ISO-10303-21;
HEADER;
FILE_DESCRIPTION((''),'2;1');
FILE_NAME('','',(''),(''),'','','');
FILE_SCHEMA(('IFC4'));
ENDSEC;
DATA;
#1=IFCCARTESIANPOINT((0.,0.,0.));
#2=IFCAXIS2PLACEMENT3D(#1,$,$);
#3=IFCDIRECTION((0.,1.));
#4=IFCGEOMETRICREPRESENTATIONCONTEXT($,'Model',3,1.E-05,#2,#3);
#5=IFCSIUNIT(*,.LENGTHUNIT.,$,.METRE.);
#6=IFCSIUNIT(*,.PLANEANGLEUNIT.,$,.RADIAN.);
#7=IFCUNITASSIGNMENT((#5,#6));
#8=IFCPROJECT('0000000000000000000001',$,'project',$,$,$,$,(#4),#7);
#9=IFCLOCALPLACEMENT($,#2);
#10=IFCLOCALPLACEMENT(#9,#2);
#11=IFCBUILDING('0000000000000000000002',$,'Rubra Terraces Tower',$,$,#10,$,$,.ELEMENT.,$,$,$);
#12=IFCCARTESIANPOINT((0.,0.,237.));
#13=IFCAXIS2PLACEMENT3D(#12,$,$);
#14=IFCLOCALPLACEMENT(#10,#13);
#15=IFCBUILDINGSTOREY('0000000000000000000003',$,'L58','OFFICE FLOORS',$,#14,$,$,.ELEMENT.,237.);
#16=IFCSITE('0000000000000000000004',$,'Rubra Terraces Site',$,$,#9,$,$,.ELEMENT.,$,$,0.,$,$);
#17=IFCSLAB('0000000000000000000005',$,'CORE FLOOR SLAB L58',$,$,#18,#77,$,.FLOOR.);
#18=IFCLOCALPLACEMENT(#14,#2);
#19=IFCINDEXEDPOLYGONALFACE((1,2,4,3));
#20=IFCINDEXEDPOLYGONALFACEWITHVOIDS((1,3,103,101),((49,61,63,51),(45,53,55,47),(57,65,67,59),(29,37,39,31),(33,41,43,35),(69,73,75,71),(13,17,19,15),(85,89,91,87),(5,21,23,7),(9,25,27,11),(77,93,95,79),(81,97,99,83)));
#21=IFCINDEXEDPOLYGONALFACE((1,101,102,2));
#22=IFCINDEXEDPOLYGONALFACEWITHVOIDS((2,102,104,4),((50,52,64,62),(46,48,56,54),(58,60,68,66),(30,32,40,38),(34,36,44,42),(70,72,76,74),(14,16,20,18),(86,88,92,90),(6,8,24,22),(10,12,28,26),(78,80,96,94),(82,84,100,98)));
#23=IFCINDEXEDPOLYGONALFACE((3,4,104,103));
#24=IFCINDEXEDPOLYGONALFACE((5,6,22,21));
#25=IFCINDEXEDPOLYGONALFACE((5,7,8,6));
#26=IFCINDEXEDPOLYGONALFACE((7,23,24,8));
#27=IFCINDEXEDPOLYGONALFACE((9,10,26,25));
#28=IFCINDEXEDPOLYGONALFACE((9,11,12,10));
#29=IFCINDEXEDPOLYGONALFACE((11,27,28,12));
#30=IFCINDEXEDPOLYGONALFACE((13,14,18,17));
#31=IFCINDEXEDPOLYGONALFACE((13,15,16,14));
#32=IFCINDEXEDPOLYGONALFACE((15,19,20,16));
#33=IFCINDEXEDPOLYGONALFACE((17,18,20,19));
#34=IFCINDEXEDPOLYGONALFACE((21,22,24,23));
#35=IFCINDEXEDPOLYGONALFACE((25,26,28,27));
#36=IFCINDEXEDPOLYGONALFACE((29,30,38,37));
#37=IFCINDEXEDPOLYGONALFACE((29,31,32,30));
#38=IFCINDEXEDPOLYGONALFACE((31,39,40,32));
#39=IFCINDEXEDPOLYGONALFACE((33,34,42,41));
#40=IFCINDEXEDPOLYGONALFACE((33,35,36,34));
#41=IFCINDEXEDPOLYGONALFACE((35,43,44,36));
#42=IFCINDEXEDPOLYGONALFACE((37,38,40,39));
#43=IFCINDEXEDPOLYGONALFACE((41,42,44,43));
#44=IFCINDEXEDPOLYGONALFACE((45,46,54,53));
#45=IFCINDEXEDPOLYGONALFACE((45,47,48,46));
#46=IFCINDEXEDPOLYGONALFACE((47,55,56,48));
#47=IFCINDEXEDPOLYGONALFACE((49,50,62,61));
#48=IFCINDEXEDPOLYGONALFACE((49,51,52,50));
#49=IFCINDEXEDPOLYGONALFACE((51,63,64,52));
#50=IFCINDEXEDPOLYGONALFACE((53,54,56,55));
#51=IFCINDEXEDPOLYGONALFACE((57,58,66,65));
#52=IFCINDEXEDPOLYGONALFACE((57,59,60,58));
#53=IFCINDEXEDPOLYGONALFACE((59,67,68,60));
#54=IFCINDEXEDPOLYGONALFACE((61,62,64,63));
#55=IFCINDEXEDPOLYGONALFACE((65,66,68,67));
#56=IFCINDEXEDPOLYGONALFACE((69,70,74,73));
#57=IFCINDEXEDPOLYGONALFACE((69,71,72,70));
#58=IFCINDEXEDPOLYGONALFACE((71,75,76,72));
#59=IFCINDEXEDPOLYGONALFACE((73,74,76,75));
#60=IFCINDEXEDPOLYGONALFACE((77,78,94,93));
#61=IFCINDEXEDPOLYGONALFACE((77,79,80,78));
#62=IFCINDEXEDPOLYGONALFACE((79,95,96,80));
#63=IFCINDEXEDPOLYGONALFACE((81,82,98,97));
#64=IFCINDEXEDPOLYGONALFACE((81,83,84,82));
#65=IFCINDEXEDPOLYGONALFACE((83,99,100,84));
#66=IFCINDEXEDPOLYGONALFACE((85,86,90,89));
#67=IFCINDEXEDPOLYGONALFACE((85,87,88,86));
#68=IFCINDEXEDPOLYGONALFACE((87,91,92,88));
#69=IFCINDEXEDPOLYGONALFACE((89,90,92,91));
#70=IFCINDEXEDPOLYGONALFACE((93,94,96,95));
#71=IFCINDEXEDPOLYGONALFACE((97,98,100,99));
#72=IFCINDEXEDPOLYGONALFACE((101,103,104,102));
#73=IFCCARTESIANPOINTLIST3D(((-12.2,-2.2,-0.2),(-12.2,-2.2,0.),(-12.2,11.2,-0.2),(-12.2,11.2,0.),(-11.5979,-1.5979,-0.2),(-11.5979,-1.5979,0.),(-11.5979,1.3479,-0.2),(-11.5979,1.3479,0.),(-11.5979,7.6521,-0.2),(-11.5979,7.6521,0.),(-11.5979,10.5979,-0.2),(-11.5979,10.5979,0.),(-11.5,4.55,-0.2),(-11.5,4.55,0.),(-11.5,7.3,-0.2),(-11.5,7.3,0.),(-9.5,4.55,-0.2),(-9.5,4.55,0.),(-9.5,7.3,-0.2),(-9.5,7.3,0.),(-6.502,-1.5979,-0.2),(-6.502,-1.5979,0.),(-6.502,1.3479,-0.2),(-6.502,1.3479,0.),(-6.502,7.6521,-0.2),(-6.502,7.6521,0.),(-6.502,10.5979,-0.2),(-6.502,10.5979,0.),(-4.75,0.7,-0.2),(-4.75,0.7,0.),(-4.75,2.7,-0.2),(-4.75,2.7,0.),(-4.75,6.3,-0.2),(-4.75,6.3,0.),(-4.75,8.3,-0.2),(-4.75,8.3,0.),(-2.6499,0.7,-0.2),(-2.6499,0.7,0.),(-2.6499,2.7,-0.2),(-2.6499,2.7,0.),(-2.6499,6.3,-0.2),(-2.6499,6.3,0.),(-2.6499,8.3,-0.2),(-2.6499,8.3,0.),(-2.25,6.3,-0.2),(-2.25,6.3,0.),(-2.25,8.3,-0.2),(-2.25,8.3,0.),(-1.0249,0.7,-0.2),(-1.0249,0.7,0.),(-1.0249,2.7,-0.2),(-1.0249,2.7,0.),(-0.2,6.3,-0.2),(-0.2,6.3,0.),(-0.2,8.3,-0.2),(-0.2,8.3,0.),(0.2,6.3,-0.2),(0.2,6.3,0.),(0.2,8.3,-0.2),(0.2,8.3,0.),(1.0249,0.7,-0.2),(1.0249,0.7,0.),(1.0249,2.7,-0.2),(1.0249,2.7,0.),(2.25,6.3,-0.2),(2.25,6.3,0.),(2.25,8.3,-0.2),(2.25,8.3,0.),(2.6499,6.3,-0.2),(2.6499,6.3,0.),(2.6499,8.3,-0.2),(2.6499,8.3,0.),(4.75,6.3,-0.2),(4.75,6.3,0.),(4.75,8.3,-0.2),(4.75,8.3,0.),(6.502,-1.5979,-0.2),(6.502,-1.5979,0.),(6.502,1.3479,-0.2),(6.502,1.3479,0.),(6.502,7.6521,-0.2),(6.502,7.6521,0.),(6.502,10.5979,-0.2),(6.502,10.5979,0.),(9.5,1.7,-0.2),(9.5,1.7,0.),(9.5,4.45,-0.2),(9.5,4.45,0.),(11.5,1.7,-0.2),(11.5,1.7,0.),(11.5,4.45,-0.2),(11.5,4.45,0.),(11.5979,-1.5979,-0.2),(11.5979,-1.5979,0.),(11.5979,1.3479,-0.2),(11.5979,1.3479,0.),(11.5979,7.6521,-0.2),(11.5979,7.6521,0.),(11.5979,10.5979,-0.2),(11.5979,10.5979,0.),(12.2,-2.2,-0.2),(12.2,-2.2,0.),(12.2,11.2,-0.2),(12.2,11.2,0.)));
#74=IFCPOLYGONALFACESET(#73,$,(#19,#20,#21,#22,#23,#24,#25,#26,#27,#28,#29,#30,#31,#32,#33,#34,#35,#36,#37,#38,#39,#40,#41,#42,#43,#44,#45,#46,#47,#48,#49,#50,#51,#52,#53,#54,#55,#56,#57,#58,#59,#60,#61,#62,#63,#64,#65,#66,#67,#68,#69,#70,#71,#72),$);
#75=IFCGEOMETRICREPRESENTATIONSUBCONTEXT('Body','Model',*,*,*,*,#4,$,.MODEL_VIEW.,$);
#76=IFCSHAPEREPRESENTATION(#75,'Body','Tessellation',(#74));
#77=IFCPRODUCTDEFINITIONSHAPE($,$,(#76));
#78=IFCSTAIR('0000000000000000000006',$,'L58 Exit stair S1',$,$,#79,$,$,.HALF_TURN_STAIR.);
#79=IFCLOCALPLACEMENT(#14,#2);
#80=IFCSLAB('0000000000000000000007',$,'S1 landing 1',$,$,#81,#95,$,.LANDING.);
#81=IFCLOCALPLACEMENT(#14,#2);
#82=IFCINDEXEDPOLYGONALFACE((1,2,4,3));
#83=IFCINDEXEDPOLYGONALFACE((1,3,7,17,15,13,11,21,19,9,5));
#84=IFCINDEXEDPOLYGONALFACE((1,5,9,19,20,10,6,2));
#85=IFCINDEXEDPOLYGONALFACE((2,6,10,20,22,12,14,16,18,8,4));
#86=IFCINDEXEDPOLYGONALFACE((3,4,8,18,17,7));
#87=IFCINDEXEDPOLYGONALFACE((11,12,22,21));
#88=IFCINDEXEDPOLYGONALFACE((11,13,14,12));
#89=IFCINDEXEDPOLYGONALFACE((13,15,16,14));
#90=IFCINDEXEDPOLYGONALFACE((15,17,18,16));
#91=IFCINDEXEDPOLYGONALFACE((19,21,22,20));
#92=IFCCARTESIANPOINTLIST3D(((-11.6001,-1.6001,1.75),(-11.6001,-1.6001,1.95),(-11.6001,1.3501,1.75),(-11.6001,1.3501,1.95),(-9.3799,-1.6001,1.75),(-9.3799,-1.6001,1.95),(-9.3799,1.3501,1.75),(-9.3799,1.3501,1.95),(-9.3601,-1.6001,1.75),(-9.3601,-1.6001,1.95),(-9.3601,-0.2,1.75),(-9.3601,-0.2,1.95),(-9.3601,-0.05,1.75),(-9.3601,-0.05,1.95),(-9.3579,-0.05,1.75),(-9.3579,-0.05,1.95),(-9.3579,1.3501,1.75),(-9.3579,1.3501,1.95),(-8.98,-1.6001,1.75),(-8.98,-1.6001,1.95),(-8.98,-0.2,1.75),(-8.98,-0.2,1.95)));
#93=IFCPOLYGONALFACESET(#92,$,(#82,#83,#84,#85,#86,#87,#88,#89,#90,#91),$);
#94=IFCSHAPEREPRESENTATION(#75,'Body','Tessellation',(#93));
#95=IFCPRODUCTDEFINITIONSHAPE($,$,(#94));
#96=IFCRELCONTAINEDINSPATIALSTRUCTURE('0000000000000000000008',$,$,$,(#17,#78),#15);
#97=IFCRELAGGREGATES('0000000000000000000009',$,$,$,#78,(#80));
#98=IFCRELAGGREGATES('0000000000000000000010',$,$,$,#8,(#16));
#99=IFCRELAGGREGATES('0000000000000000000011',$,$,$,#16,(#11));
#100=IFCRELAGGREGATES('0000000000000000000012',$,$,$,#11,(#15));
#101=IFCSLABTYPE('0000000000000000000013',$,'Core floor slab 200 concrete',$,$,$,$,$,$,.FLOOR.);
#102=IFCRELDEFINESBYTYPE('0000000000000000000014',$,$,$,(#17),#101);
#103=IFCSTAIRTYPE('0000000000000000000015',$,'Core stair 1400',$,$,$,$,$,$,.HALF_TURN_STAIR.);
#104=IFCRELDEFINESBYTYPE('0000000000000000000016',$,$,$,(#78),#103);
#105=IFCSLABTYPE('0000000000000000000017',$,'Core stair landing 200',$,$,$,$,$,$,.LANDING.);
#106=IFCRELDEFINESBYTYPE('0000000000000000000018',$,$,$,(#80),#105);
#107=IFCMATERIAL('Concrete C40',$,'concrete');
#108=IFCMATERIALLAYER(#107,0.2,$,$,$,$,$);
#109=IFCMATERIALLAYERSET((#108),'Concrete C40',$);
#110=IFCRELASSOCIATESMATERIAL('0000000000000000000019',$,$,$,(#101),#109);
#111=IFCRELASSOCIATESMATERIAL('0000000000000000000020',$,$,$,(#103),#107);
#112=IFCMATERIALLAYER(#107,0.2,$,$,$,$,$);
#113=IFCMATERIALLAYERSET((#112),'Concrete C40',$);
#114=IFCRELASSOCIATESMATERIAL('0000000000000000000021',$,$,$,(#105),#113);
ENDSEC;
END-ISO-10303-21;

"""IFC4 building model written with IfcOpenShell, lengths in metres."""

from ifc_helpers import new_model, si_unit, direction, frame, origin, place, context, subcontext, project, spatial, polyline, outline, extrude, material, layer, layer_set, type_object, element, aggregate, save


model = new_model("IFC4")

# Units and contexts
model_context = context("Model", 3, precision=1e-05, world=origin(), true_north=direction((0.0, 1.0)))
body_context = subcontext(model_context, "Body", "Model", "MODEL_VIEW")
ifc_project = project(units=[si_unit("LENGTHUNIT", "METRE"), si_unit("PLANEANGLEUNIT", "RADIAN")], contexts=[model_context])

# Site, building, storey
site_placement = place(None, origin())
site = spatial("IfcSite", under=ifc_project, at=site_placement, Name="Rubra Terraces Site", CompositionType="ELEMENT", RefElevation=0.0)
building_placement = place(site_placement, origin())
building = spatial("IfcBuilding", under=site, at=building_placement, Name="Rubra Terraces Tower", CompositionType="ELEMENT")
storey_placement = place(building_placement, frame((0.0, 0.0, 237.0)))
storey = spatial("IfcBuildingStorey", under=building, at=storey_placement, Name="L58", Description="OFFICE FLOORS", CompositionType="ELEMENT", Elevation=237.0)

# Slab
ifc_material_1 = material(Name="Concrete C40", Category="concrete")
ifc_layer_1 = layer(ifc_material_1, 0.2)
ifc_layer_set_1 = layer_set([ifc_layer_1], Name="Concrete C40")
slab_type_1 = type_object("IfcSlabType", Name="Core floor slab 200 concrete", PredefinedType="FLOOR", material=ifc_layer_set_1)
slab_1_placement = place(storey_placement, frame((0.0, 0.0, -0.2)))
element("IfcSlab", 1, at=slab_1_placement, inside=storey, type_object=slab_type_1, Name="CORE FLOOR SLAB L58", PredefinedType="FLOOR", context=body_context, shape_type="SweptSolid", body=[
    extrude(outline(polyline([(-12.2, -2.2), (-12.2, 11.2), (12.2, 11.2), (12.2, -2.2), (-12.2, -2.2)]), holes=[polyline([(11.5979, 1.3479), (6.502, 1.3479), (6.502, -1.5979), (11.5979, -1.5979), (11.5979, 1.3479)]), polyline([(11.5979, 7.6521), (11.5979, 10.5979), (6.502, 10.5979), (6.502, 7.6521), (11.5979, 7.6521)]), polyline([(9.5, 1.7), (11.5, 1.7), (11.5, 4.45), (9.5, 4.45), (9.5, 1.7)]), polyline([(4.75, 6.3), (4.75, 8.3), (2.6499, 8.3), (2.6499, 6.3), (4.75, 6.3)]), polyline([(2.25, 8.3), (0.2, 8.3), (0.2, 6.3), (2.25, 6.3), (2.25, 8.3)]), polyline([(1.0249, 0.7), (1.0249, 2.7), (-1.0249, 2.7), (-1.0249, 0.7), (1.0249, 0.7)]), polyline([(-0.2, 6.3), (-0.2, 8.3), (-2.25, 8.3), (-2.25, 6.3), (-0.2, 6.3)]), polyline([(-4.75, 8.3), (-4.75, 6.3), (-2.6499, 6.3), (-2.6499, 8.3), (-4.75, 8.3)]), polyline([(-2.6499, 0.7), (-2.6499, 2.7), (-4.75, 2.7), (-4.75, 0.7), (-2.6499, 0.7)]), polyline([(-11.5979, -1.5979), (-6.502, -1.5979), (-6.502, 1.3479), (-11.5979, 1.3479), (-11.5979, -1.5979)]), polyline([(-11.5979, 10.5979), (-11.5979, 7.6521), (-6.502, 7.6521), (-6.502, 10.5979), (-11.5979, 10.5979)]), polyline([(-9.5, 4.55), (-9.5, 7.3), (-11.5, 7.3), (-11.5, 4.55), (-9.5, 4.55)])]), origin(), (0.0, 0.0, 1.0), 0.2),
])

# Stair, slab
stair_type = type_object("IfcStairType", Name="Core stair 1400", PredefinedType="HALF_TURN_STAIR", material=ifc_material_1)
stair_1_placement = place(storey_placement, origin())
stair_1 = element("IfcStair", 2, at=stair_1_placement, inside=storey, type_object=stair_type, Name="L58 Exit stair S1", PredefinedType="HALF_TURN_STAIR")
ifc_layer_2 = layer(ifc_material_1, 0.2)
ifc_layer_set_2 = layer_set([ifc_layer_2], Name="Concrete C40")
slab_type_2 = type_object("IfcSlabType", Name="Core stair landing 200", PredefinedType="LANDING", material=ifc_layer_set_2)
slab_2_placement = place(storey_placement, frame((0.0, 0.0, 1.75)))
slab_2 = element("IfcSlab", 3, at=slab_2_placement, type_object=slab_type_2, Name="S1 landing 1", PredefinedType="LANDING", context=body_context, shape_type="SweptSolid", body=[
    extrude(outline(polyline([(-8.98, -0.2), (-8.98, -1.6001), (-9.3601, -1.6001), (-9.3799, -1.6001), (-11.6001, -1.6001), (-11.6001, 1.3501), (-9.3799, 1.3501), (-9.3579, 1.3501), (-9.3579, -0.05), (-9.3601, -0.05), (-9.3601, -0.2), (-8.98, -0.2)])), origin(), (0.0, 0.0, 1.0), 0.2),
])
aggregate(stair_1, [slab_2])

save(model, "model.ifc")
